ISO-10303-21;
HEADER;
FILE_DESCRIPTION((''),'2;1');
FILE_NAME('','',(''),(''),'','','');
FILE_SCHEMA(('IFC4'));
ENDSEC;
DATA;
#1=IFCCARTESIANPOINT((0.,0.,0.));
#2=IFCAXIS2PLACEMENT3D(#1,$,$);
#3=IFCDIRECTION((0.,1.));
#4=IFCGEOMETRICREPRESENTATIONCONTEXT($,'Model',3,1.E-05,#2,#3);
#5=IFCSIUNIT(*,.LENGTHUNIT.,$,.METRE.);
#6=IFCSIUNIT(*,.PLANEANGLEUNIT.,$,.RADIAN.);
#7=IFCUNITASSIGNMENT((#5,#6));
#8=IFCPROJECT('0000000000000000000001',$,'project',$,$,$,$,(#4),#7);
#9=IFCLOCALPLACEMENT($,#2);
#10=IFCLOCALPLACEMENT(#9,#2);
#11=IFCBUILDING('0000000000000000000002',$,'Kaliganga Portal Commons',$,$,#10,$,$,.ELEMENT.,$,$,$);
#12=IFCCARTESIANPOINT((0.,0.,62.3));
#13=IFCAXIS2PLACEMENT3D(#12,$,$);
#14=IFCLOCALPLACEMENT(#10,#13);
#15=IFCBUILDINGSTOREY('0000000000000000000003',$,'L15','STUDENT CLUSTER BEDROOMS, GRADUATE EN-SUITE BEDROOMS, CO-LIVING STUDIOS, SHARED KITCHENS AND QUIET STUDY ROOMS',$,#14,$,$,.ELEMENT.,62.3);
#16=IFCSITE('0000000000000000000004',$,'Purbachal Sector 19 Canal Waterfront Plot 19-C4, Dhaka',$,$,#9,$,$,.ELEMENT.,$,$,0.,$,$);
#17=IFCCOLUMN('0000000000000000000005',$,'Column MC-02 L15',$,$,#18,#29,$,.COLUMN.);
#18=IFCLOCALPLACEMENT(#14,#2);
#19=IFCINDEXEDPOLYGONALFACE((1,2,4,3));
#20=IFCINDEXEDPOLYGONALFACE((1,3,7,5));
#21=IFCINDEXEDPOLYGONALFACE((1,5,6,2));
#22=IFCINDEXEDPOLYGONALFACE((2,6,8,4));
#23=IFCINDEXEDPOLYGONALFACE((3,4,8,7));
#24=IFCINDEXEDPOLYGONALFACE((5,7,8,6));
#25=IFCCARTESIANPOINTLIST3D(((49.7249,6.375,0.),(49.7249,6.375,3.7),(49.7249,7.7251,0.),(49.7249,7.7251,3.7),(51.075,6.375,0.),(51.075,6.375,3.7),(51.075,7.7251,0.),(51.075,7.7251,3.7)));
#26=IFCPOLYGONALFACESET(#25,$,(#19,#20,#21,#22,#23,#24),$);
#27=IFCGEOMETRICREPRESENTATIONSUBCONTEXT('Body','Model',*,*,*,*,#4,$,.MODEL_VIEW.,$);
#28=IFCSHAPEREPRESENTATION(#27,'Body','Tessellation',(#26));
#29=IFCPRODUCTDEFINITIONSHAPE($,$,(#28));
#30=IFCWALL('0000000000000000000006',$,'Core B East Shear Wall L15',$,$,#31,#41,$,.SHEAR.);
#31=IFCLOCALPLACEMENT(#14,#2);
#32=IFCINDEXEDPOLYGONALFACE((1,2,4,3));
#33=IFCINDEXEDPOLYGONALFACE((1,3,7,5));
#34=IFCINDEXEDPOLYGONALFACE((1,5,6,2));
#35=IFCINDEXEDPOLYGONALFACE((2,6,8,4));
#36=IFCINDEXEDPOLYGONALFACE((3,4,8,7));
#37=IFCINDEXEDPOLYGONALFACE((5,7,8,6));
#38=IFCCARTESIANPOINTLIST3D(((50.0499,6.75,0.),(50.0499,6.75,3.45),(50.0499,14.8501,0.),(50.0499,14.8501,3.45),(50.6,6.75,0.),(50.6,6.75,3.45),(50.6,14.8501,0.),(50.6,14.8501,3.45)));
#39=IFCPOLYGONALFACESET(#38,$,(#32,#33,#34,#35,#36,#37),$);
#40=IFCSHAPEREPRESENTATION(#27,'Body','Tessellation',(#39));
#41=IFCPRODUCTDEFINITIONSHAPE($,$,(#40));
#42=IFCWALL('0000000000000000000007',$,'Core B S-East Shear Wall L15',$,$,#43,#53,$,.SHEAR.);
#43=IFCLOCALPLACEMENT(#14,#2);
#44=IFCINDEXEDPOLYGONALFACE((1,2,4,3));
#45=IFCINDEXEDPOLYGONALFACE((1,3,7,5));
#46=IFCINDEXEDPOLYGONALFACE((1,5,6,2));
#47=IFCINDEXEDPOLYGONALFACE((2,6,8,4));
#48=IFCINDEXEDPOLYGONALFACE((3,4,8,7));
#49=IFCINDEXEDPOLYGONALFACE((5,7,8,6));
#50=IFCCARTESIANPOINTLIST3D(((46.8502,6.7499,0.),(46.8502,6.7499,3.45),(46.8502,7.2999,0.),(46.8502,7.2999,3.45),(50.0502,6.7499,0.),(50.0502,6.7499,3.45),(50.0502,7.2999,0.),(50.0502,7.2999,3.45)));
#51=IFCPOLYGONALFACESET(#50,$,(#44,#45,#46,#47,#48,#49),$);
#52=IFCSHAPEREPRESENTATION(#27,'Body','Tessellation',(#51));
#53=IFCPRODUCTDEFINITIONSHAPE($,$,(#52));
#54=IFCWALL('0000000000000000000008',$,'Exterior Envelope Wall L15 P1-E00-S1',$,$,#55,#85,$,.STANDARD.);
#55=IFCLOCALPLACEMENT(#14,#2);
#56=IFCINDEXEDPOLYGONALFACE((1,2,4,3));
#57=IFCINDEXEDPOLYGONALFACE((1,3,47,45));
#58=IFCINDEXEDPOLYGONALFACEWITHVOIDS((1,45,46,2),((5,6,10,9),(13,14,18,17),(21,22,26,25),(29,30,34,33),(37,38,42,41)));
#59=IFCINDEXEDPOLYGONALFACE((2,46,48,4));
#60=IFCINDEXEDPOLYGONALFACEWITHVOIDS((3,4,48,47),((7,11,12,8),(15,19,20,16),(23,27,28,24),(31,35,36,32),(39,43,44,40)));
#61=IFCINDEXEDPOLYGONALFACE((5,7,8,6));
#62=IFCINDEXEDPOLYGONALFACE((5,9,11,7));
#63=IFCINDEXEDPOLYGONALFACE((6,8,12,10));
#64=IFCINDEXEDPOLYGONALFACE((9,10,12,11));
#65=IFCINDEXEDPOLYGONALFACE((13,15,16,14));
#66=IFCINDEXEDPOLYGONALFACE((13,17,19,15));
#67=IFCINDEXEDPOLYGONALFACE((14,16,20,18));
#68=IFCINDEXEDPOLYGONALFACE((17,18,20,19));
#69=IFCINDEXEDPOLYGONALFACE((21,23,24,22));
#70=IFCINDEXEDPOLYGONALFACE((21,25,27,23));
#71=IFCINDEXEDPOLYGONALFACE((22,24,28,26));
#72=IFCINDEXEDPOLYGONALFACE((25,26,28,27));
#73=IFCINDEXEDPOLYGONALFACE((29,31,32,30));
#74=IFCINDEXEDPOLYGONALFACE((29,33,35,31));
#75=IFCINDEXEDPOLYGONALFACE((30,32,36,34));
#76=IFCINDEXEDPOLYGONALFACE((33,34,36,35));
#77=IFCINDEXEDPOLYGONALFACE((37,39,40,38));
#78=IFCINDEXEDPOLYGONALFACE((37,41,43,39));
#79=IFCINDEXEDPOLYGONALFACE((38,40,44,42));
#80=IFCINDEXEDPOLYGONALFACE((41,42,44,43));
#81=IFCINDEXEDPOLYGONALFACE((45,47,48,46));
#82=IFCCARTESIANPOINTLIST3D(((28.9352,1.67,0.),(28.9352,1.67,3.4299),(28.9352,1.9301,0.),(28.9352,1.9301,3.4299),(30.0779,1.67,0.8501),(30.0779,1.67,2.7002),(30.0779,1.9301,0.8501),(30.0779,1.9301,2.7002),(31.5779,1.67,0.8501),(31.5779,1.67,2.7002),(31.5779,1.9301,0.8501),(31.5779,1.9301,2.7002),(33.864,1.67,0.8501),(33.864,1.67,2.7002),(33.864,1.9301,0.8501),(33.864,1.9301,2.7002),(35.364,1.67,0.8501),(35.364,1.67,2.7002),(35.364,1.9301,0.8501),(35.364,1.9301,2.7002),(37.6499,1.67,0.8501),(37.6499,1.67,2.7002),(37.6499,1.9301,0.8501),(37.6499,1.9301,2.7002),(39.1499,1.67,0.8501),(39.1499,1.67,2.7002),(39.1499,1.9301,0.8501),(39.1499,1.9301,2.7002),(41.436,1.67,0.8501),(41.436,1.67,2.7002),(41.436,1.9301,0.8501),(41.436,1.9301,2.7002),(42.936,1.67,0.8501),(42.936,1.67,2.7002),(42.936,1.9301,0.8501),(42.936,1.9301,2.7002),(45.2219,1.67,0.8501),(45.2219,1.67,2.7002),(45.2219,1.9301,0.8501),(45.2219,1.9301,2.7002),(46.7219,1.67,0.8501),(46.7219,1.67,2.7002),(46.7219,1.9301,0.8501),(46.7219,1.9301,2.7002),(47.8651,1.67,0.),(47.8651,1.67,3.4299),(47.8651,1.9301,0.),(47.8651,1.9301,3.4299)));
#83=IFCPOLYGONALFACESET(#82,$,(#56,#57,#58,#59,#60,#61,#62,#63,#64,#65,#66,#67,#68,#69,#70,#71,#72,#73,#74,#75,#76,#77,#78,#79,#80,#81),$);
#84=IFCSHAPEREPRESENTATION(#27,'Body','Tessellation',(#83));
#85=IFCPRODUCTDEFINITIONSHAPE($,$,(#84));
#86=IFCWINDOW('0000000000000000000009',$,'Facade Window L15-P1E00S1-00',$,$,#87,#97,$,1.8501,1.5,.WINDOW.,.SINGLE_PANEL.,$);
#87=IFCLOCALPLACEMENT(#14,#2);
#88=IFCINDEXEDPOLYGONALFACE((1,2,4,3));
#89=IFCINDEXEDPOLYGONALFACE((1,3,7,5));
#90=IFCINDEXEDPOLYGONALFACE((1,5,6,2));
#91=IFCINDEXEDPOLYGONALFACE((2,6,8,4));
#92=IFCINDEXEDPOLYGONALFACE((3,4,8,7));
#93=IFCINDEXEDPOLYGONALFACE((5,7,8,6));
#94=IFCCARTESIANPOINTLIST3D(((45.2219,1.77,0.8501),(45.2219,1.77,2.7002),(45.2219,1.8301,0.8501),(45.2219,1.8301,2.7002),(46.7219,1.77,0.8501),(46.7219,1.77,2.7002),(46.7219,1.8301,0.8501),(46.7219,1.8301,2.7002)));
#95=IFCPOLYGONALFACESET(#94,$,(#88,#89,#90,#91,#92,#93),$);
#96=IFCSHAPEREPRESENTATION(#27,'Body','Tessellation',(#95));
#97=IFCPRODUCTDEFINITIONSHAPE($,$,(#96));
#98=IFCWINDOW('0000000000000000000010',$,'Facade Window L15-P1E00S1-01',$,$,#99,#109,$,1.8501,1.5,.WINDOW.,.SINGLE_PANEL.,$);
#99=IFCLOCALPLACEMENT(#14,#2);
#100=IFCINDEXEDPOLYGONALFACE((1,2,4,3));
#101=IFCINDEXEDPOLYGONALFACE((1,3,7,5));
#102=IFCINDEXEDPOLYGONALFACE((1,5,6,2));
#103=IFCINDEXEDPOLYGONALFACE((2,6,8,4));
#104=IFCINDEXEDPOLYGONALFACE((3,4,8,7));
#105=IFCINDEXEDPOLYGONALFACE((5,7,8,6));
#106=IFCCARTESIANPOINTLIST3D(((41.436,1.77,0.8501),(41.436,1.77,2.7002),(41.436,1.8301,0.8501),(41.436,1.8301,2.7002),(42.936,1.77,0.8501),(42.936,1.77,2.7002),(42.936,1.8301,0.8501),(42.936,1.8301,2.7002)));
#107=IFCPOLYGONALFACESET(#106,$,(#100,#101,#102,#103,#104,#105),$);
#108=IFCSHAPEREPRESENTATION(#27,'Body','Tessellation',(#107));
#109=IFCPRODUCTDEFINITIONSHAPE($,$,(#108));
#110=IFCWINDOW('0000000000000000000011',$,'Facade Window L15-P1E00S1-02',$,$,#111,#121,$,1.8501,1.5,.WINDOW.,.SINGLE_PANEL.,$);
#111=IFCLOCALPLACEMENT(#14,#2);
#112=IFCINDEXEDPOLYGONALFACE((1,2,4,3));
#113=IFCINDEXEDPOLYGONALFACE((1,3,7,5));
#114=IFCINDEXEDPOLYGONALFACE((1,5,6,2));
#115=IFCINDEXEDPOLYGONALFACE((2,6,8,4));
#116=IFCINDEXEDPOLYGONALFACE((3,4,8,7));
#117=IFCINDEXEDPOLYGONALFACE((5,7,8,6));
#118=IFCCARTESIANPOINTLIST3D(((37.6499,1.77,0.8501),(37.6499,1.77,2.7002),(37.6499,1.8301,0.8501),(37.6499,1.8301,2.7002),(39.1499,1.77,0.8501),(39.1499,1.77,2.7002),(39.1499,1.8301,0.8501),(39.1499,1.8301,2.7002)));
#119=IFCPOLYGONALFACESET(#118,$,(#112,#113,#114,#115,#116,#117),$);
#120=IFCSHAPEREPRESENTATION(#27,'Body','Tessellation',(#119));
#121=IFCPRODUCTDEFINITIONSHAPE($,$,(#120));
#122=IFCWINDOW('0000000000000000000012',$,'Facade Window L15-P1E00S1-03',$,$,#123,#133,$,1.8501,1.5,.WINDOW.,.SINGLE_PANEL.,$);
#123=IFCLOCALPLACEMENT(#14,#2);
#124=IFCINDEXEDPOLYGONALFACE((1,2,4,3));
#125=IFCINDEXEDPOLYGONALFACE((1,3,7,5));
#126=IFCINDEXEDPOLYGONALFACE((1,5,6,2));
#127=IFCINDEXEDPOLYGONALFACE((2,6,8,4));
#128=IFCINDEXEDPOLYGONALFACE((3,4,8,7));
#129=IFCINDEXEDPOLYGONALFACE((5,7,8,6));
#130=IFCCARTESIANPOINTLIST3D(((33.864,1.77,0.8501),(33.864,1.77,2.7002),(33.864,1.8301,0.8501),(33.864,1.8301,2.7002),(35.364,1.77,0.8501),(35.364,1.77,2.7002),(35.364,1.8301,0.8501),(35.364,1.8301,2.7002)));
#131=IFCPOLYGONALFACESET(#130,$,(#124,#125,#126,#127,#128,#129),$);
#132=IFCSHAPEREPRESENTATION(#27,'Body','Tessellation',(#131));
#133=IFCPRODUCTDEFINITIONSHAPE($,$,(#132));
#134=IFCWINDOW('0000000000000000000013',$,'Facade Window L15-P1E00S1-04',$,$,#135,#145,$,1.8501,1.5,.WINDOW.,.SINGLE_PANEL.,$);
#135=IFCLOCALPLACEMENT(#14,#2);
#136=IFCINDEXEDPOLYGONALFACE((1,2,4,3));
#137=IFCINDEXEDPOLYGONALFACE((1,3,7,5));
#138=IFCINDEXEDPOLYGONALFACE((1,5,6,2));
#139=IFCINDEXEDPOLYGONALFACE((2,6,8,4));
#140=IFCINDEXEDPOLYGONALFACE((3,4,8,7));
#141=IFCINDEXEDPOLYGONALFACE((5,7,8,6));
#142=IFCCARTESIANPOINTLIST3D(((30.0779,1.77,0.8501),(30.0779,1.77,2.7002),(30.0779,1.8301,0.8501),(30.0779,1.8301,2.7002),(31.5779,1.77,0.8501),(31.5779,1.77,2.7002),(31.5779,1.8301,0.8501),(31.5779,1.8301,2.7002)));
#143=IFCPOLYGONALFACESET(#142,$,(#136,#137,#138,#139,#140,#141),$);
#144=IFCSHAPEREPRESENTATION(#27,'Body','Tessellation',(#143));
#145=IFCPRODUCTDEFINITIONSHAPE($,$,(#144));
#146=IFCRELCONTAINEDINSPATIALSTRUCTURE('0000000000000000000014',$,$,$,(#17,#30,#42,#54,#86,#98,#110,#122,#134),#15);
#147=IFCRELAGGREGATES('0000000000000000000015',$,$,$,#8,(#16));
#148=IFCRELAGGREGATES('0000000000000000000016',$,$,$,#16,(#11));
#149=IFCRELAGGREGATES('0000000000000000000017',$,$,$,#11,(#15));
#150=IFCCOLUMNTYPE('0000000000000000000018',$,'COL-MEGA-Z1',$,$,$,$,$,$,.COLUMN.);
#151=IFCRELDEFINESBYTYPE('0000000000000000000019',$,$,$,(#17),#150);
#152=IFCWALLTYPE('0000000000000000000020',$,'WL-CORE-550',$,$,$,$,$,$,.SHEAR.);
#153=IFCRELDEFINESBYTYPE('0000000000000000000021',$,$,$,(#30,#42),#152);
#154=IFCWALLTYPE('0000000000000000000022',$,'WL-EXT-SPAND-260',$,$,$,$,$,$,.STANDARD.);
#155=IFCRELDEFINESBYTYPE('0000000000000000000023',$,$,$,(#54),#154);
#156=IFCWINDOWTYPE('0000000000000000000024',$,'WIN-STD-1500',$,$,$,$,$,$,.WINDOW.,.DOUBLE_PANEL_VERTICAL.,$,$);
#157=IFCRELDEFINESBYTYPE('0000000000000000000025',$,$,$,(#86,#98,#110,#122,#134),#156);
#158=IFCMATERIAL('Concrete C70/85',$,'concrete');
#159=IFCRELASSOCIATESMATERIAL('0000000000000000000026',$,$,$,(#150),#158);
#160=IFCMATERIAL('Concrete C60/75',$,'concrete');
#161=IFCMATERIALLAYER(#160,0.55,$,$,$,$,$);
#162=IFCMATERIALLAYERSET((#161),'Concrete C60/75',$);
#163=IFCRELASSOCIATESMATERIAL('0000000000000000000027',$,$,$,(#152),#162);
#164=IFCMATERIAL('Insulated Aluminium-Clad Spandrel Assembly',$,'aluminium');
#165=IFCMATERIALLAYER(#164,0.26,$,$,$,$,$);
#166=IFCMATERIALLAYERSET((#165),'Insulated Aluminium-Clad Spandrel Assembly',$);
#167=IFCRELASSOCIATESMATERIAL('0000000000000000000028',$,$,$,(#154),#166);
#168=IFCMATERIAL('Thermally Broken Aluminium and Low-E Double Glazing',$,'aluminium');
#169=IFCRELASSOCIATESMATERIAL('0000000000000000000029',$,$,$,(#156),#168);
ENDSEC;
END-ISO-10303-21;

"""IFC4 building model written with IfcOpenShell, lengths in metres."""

from ifc_helpers import new_model, si_unit, direction, frame, frame_2d, origin, origin_2d, place, context, subcontext, project, spatial, rectangle, extrude, source, transform, mapped, material, layer, layer_set, material_profile, profile_set, type_object, element, fill, save


model = new_model("IFC4")

# Units and contexts
model_context = context("Model", 3, precision=1e-05, world=origin(), true_north=direction((0.0, 1.0)))
body_context = subcontext(model_context, "Body", "Model", "MODEL_VIEW")
ifc_project = project(units=[si_unit("LENGTHUNIT", "METRE"), si_unit("PLANEANGLEUNIT", "RADIAN")], contexts=[model_context])

# Site, building, storey
site_placement = place(None, origin())
site = spatial("IfcSite", under=ifc_project, at=site_placement, Name="Purbachal Sector 19 Canal Waterfront Plot 19-C4, Dhaka", CompositionType="ELEMENT", RefElevation=0.0)
building_placement = place(site_placement, origin())
building = spatial("IfcBuilding", under=site, at=building_placement, Name="Kaliganga Portal Commons", CompositionType="ELEMENT")
storey_placement = place(building_placement, frame((0.0, 0.0, 62.3)))
storey = spatial("IfcBuildingStorey", under=building, at=storey_placement, Name="L15", Description="STUDENT CLUSTER BEDROOMS, GRADUATE EN-SUITE BEDROOMS, CO-LIVING STUDIOS, SHARED KITCHENS AND QUIET STUDY ROOMS", CompositionType="ELEMENT", Elevation=62.3)

# Column
ifc_material_1 = material(Name="Concrete C70/85", Category="concrete")
ifc_material_profile = material_profile(ifc_material_1, rectangle(XDim=1.3501, YDim=1.3501, at=origin_2d()), Name="RC 1350x1350")
ifc_profile_set = profile_set([ifc_material_profile], Name="Concrete C70/85")
column_type = type_object("IfcColumnType", Name="COL-MEGA-Z1", PredefinedType="COLUMN", material=ifc_profile_set)
shared_shape = source(origin(), body_context, "Body", "SweptSolid", [
    extrude(rectangle(XDim=1.3501, YDim=1.3501, at=origin_2d()), origin(), (0.0, 0.0, 1.0), 3.7),
])
column_placement = place(storey_placement, frame((50.3999, 7.05, 0.0), z_axis=(0.0, 0.0, 1.0), x_axis=(1.0, 0.0, 0.0)))
element("IfcColumn", 1, at=column_placement, inside=storey, type_object=column_type, Name="Column MC-02 L15", PredefinedType="COLUMN", context=body_context, shape_type="MappedRepresentation", body=[
    mapped(shared_shape, transform((0.0, 0.0, 0.0), x_axis=(1.0, 0.0, 0.0), y_axis=(0.0, 1.0, 0.0), z_axis=(0.0, 0.0, 1.0), scale=1.0)),
])

# Walls
ifc_material_2 = material(Name="Concrete C60/75", Category="concrete")
ifc_layer_1 = layer(ifc_material_2, 0.55)
ifc_layer_set_1 = layer_set([ifc_layer_1], Name="Concrete C60/75")
wall_type_1 = type_object("IfcWallType", Name="WL-CORE-550", PredefinedType="SHEAR", material=ifc_layer_set_1)
wall_1_placement = place(storey_placement, frame((50.325, 6.75, 0.0), z_axis=(0.0, 0.0, 1.0), x_axis=(0.0, 1.0, 0.0)))
element("IfcWall", 2, at=wall_1_placement, inside=storey, type_object=wall_type_1, Name="Core B East Shear Wall L15", PredefinedType="SHEAR", context=body_context, shape_type="SweptSolid", body=[
    extrude(rectangle(XDim=8.1001, YDim=0.55, at=frame_2d((4.05, 0.0))), origin(), (0.0, 0.0, 1.0), 3.45),
])
wall_2_placement = place(storey_placement, frame((46.8501, 7.0249, 0.0), z_axis=(0.0, 0.0, 1.0), x_axis=(1.0, 0.0, 0.0)))
element("IfcWall", 3, at=wall_2_placement, inside=storey, type_object=wall_type_1, Name="Core B S-East Shear Wall L15", PredefinedType="SHEAR", context=body_context, shape_type="SweptSolid", body=[
    extrude(rectangle(XDim=3.2, YDim=0.55, at=frame_2d((1.6001, 0.0))), origin(), (0.0, 0.0, 1.0), 3.45),
])

# Wall, openings, windows
ifc_material_3 = material(Name="Insulated Aluminium-Clad Spandrel Assembly", Category="aluminium")
ifc_layer_2 = layer(ifc_material_3, 0.26)
ifc_layer_set_2 = layer_set([ifc_layer_2], Name="Insulated Aluminium-Clad Spandrel Assembly")
wall_type_2 = type_object("IfcWallType", Name="WL-EXT-SPAND-260", PredefinedType="STANDARD", material=ifc_layer_set_2)
wall_3_placement = place(storey_placement, frame((47.865, 1.8, 0.0), z_axis=(0.0, 0.0, 1.0), x_axis=(-1.0, 0.0, 0.0)))
wall_3 = element("IfcWall", 4, at=wall_3_placement, inside=storey, type_object=wall_type_2, Name="Exterior Envelope Wall L15 P1-E00-S1", PredefinedType="STANDARD", context=body_context, shape_type="SweptSolid", body=[
    extrude(rectangle(XDim=18.9299, YDim=0.26, at=frame_2d((9.4648, 0.0))), origin(), (0.0, 0.0, 1.0), 3.4299),
])
opening_1_placement = place(wall_3_placement, frame((1.1431, 0.0, 0.8501)))
opening_1 = element("IfcOpeningElement", 5, at=opening_1_placement, cuts=wall_3, PredefinedType="OPENING", context=body_context, shape_type="SweptSolid", body=[
    extrude(rectangle(XDim=1.5, YDim=1.8501, at=frame_2d((0.75, 0.925))), frame((0.0, 0.1401, 0.0), z_axis=(0.0, -1.0, 0.0), x_axis=(1.0, 0.0, 0.0)), (0.0, 0.0, 1.0), 0.28),
])
opening_2_placement = place(wall_3_placement, frame((4.929, 0.0, 0.8501)))
opening_2 = element("IfcOpeningElement", 6, at=opening_2_placement, cuts=wall_3, PredefinedType="OPENING", context=body_context, shape_type="SweptSolid", body=[
    extrude(rectangle(XDim=1.5, YDim=1.8501, at=frame_2d((0.75, 0.925))), frame((0.0, 0.1401, 0.0), z_axis=(0.0, -1.0, 0.0), x_axis=(1.0, 0.0, 0.0)), (0.0, 0.0, 1.0), 0.28),
])
opening_3_placement = place(wall_3_placement, frame((8.7151, 0.0, 0.8501)))
opening_3 = element("IfcOpeningElement", 7, at=opening_3_placement, cuts=wall_3, PredefinedType="OPENING", context=body_context, shape_type="SweptSolid", body=[
    extrude(rectangle(XDim=1.5, YDim=1.8501, at=frame_2d((0.75, 0.925))), frame((0.0, 0.1401, 0.0), z_axis=(0.0, -1.0, 0.0), x_axis=(1.0, 0.0, 0.0)), (0.0, 0.0, 1.0), 0.28),
])
opening_4_placement = place(wall_3_placement, frame((12.501, 0.0, 0.8501)))
opening_4 = element("IfcOpeningElement", 8, at=opening_4_placement, cuts=wall_3, PredefinedType="OPENING", context=body_context, shape_type="SweptSolid", body=[
    extrude(rectangle(XDim=1.5, YDim=1.8501, at=frame_2d((0.75, 0.925))), frame((0.0, 0.1401, 0.0), z_axis=(0.0, -1.0, 0.0), x_axis=(1.0, 0.0, 0.0)), (0.0, 0.0, 1.0), 0.28),
])
opening_5_placement = place(wall_3_placement, frame((16.2871, 0.0, 0.8501)))
opening_5 = element("IfcOpeningElement", 9, at=opening_5_placement, cuts=wall_3, PredefinedType="OPENING", context=body_context, shape_type="SweptSolid", body=[
    extrude(rectangle(XDim=1.5, YDim=1.8501, at=frame_2d((0.75, 0.925))), frame((0.0, 0.1401, 0.0), z_axis=(0.0, -1.0, 0.0), x_axis=(1.0, 0.0, 0.0)), (0.0, 0.0, 1.0), 0.28),
])
ifc_material_4 = material(Name="Thermally Broken Aluminium and Low-E Double Glazing", Category="aluminium")
window_type = type_object("IfcWindowType", Name="WIN-STD-1500", PartitioningType="DOUBLE_PANEL_VERTICAL", PredefinedType="WINDOW", material=ifc_material_4)
window_1_placement = place(opening_1_placement, origin())
window_1 = element("IfcWindow", 10, at=window_1_placement, inside=storey, type_object=window_type, Name="Facade Window L15-P1E00S1-00", OverallHeight=1.8501, OverallWidth=1.5, PartitioningType="SINGLE_PANEL", PredefinedType="WINDOW", context=body_context, shape_type="SweptSolid", body=[
    extrude(rectangle(XDim=1.5, YDim=1.8501, at=frame_2d((0.75, 0.925))), frame((0.0, 0.03, 0.0), z_axis=(0.0, -1.0, 0.0), x_axis=(1.0, 0.0, 0.0)), (0.0, 0.0, 1.0), 0.0601),
])
fill(opening_1, window_1)
window_2_placement = place(opening_2_placement, origin())
window_2 = element("IfcWindow", 11, at=window_2_placement, inside=storey, type_object=window_type, Name="Facade Window L15-P1E00S1-01", OverallHeight=1.8501, OverallWidth=1.5, PartitioningType="SINGLE_PANEL", PredefinedType="WINDOW", context=body_context, shape_type="SweptSolid", body=[
    extrude(rectangle(XDim=1.5, YDim=1.8501, at=frame_2d((0.75, 0.925))), frame((0.0, 0.03, 0.0), z_axis=(0.0, -1.0, 0.0), x_axis=(1.0, 0.0, 0.0)), (0.0, 0.0, 1.0), 0.0601),
])
fill(opening_2, window_2)
window_3_placement = place(opening_3_placement, origin())
window_3 = element("IfcWindow", 12, at=window_3_placement, inside=storey, type_object=window_type, Name="Facade Window L15-P1E00S1-02", OverallHeight=1.8501, OverallWidth=1.5, PartitioningType="SINGLE_PANEL", PredefinedType="WINDOW", context=body_context, shape_type="SweptSolid", body=[
    extrude(rectangle(XDim=1.5, YDim=1.8501, at=frame_2d((0.75, 0.925))), frame((0.0, 0.03, 0.0), z_axis=(0.0, -1.0, 0.0), x_axis=(1.0, 0.0, 0.0)), (0.0, 0.0, 1.0), 0.0601),
])
fill(opening_3, window_3)
window_4_placement = place(opening_4_placement, origin())
window_4 = element("IfcWindow", 13, at=window_4_placement, inside=storey, type_object=window_type, Name="Facade Window L15-P1E00S1-03", OverallHeight=1.8501, OverallWidth=1.5, PartitioningType="SINGLE_PANEL", PredefinedType="WINDOW", context=body_context, shape_type="SweptSolid", body=[
    extrude(rectangle(XDim=1.5, YDim=1.8501, at=frame_2d((0.75, 0.925))), frame((0.0, 0.03, 0.0), z_axis=(0.0, -1.0, 0.0), x_axis=(1.0, 0.0, 0.0)), (0.0, 0.0, 1.0), 0.0601),
])
fill(opening_4, window_4)
window_5_placement = place(opening_5_placement, origin())
window_5 = element("IfcWindow", 14, at=window_5_placement, inside=storey, type_object=window_type, Name="Facade Window L15-P1E00S1-04", OverallHeight=1.8501, OverallWidth=1.5, PartitioningType="SINGLE_PANEL", PredefinedType="WINDOW", context=body_context, shape_type="SweptSolid", body=[
    extrude(rectangle(XDim=1.5, YDim=1.8501, at=frame_2d((0.75, 0.925))), frame((0.0, 0.03, 0.0), z_axis=(0.0, -1.0, 0.0), x_axis=(1.0, 0.0, 0.0)), (0.0, 0.0, 1.0), 0.0601),
])
fill(opening_5, window_5)

save(model, "model.ifc")
